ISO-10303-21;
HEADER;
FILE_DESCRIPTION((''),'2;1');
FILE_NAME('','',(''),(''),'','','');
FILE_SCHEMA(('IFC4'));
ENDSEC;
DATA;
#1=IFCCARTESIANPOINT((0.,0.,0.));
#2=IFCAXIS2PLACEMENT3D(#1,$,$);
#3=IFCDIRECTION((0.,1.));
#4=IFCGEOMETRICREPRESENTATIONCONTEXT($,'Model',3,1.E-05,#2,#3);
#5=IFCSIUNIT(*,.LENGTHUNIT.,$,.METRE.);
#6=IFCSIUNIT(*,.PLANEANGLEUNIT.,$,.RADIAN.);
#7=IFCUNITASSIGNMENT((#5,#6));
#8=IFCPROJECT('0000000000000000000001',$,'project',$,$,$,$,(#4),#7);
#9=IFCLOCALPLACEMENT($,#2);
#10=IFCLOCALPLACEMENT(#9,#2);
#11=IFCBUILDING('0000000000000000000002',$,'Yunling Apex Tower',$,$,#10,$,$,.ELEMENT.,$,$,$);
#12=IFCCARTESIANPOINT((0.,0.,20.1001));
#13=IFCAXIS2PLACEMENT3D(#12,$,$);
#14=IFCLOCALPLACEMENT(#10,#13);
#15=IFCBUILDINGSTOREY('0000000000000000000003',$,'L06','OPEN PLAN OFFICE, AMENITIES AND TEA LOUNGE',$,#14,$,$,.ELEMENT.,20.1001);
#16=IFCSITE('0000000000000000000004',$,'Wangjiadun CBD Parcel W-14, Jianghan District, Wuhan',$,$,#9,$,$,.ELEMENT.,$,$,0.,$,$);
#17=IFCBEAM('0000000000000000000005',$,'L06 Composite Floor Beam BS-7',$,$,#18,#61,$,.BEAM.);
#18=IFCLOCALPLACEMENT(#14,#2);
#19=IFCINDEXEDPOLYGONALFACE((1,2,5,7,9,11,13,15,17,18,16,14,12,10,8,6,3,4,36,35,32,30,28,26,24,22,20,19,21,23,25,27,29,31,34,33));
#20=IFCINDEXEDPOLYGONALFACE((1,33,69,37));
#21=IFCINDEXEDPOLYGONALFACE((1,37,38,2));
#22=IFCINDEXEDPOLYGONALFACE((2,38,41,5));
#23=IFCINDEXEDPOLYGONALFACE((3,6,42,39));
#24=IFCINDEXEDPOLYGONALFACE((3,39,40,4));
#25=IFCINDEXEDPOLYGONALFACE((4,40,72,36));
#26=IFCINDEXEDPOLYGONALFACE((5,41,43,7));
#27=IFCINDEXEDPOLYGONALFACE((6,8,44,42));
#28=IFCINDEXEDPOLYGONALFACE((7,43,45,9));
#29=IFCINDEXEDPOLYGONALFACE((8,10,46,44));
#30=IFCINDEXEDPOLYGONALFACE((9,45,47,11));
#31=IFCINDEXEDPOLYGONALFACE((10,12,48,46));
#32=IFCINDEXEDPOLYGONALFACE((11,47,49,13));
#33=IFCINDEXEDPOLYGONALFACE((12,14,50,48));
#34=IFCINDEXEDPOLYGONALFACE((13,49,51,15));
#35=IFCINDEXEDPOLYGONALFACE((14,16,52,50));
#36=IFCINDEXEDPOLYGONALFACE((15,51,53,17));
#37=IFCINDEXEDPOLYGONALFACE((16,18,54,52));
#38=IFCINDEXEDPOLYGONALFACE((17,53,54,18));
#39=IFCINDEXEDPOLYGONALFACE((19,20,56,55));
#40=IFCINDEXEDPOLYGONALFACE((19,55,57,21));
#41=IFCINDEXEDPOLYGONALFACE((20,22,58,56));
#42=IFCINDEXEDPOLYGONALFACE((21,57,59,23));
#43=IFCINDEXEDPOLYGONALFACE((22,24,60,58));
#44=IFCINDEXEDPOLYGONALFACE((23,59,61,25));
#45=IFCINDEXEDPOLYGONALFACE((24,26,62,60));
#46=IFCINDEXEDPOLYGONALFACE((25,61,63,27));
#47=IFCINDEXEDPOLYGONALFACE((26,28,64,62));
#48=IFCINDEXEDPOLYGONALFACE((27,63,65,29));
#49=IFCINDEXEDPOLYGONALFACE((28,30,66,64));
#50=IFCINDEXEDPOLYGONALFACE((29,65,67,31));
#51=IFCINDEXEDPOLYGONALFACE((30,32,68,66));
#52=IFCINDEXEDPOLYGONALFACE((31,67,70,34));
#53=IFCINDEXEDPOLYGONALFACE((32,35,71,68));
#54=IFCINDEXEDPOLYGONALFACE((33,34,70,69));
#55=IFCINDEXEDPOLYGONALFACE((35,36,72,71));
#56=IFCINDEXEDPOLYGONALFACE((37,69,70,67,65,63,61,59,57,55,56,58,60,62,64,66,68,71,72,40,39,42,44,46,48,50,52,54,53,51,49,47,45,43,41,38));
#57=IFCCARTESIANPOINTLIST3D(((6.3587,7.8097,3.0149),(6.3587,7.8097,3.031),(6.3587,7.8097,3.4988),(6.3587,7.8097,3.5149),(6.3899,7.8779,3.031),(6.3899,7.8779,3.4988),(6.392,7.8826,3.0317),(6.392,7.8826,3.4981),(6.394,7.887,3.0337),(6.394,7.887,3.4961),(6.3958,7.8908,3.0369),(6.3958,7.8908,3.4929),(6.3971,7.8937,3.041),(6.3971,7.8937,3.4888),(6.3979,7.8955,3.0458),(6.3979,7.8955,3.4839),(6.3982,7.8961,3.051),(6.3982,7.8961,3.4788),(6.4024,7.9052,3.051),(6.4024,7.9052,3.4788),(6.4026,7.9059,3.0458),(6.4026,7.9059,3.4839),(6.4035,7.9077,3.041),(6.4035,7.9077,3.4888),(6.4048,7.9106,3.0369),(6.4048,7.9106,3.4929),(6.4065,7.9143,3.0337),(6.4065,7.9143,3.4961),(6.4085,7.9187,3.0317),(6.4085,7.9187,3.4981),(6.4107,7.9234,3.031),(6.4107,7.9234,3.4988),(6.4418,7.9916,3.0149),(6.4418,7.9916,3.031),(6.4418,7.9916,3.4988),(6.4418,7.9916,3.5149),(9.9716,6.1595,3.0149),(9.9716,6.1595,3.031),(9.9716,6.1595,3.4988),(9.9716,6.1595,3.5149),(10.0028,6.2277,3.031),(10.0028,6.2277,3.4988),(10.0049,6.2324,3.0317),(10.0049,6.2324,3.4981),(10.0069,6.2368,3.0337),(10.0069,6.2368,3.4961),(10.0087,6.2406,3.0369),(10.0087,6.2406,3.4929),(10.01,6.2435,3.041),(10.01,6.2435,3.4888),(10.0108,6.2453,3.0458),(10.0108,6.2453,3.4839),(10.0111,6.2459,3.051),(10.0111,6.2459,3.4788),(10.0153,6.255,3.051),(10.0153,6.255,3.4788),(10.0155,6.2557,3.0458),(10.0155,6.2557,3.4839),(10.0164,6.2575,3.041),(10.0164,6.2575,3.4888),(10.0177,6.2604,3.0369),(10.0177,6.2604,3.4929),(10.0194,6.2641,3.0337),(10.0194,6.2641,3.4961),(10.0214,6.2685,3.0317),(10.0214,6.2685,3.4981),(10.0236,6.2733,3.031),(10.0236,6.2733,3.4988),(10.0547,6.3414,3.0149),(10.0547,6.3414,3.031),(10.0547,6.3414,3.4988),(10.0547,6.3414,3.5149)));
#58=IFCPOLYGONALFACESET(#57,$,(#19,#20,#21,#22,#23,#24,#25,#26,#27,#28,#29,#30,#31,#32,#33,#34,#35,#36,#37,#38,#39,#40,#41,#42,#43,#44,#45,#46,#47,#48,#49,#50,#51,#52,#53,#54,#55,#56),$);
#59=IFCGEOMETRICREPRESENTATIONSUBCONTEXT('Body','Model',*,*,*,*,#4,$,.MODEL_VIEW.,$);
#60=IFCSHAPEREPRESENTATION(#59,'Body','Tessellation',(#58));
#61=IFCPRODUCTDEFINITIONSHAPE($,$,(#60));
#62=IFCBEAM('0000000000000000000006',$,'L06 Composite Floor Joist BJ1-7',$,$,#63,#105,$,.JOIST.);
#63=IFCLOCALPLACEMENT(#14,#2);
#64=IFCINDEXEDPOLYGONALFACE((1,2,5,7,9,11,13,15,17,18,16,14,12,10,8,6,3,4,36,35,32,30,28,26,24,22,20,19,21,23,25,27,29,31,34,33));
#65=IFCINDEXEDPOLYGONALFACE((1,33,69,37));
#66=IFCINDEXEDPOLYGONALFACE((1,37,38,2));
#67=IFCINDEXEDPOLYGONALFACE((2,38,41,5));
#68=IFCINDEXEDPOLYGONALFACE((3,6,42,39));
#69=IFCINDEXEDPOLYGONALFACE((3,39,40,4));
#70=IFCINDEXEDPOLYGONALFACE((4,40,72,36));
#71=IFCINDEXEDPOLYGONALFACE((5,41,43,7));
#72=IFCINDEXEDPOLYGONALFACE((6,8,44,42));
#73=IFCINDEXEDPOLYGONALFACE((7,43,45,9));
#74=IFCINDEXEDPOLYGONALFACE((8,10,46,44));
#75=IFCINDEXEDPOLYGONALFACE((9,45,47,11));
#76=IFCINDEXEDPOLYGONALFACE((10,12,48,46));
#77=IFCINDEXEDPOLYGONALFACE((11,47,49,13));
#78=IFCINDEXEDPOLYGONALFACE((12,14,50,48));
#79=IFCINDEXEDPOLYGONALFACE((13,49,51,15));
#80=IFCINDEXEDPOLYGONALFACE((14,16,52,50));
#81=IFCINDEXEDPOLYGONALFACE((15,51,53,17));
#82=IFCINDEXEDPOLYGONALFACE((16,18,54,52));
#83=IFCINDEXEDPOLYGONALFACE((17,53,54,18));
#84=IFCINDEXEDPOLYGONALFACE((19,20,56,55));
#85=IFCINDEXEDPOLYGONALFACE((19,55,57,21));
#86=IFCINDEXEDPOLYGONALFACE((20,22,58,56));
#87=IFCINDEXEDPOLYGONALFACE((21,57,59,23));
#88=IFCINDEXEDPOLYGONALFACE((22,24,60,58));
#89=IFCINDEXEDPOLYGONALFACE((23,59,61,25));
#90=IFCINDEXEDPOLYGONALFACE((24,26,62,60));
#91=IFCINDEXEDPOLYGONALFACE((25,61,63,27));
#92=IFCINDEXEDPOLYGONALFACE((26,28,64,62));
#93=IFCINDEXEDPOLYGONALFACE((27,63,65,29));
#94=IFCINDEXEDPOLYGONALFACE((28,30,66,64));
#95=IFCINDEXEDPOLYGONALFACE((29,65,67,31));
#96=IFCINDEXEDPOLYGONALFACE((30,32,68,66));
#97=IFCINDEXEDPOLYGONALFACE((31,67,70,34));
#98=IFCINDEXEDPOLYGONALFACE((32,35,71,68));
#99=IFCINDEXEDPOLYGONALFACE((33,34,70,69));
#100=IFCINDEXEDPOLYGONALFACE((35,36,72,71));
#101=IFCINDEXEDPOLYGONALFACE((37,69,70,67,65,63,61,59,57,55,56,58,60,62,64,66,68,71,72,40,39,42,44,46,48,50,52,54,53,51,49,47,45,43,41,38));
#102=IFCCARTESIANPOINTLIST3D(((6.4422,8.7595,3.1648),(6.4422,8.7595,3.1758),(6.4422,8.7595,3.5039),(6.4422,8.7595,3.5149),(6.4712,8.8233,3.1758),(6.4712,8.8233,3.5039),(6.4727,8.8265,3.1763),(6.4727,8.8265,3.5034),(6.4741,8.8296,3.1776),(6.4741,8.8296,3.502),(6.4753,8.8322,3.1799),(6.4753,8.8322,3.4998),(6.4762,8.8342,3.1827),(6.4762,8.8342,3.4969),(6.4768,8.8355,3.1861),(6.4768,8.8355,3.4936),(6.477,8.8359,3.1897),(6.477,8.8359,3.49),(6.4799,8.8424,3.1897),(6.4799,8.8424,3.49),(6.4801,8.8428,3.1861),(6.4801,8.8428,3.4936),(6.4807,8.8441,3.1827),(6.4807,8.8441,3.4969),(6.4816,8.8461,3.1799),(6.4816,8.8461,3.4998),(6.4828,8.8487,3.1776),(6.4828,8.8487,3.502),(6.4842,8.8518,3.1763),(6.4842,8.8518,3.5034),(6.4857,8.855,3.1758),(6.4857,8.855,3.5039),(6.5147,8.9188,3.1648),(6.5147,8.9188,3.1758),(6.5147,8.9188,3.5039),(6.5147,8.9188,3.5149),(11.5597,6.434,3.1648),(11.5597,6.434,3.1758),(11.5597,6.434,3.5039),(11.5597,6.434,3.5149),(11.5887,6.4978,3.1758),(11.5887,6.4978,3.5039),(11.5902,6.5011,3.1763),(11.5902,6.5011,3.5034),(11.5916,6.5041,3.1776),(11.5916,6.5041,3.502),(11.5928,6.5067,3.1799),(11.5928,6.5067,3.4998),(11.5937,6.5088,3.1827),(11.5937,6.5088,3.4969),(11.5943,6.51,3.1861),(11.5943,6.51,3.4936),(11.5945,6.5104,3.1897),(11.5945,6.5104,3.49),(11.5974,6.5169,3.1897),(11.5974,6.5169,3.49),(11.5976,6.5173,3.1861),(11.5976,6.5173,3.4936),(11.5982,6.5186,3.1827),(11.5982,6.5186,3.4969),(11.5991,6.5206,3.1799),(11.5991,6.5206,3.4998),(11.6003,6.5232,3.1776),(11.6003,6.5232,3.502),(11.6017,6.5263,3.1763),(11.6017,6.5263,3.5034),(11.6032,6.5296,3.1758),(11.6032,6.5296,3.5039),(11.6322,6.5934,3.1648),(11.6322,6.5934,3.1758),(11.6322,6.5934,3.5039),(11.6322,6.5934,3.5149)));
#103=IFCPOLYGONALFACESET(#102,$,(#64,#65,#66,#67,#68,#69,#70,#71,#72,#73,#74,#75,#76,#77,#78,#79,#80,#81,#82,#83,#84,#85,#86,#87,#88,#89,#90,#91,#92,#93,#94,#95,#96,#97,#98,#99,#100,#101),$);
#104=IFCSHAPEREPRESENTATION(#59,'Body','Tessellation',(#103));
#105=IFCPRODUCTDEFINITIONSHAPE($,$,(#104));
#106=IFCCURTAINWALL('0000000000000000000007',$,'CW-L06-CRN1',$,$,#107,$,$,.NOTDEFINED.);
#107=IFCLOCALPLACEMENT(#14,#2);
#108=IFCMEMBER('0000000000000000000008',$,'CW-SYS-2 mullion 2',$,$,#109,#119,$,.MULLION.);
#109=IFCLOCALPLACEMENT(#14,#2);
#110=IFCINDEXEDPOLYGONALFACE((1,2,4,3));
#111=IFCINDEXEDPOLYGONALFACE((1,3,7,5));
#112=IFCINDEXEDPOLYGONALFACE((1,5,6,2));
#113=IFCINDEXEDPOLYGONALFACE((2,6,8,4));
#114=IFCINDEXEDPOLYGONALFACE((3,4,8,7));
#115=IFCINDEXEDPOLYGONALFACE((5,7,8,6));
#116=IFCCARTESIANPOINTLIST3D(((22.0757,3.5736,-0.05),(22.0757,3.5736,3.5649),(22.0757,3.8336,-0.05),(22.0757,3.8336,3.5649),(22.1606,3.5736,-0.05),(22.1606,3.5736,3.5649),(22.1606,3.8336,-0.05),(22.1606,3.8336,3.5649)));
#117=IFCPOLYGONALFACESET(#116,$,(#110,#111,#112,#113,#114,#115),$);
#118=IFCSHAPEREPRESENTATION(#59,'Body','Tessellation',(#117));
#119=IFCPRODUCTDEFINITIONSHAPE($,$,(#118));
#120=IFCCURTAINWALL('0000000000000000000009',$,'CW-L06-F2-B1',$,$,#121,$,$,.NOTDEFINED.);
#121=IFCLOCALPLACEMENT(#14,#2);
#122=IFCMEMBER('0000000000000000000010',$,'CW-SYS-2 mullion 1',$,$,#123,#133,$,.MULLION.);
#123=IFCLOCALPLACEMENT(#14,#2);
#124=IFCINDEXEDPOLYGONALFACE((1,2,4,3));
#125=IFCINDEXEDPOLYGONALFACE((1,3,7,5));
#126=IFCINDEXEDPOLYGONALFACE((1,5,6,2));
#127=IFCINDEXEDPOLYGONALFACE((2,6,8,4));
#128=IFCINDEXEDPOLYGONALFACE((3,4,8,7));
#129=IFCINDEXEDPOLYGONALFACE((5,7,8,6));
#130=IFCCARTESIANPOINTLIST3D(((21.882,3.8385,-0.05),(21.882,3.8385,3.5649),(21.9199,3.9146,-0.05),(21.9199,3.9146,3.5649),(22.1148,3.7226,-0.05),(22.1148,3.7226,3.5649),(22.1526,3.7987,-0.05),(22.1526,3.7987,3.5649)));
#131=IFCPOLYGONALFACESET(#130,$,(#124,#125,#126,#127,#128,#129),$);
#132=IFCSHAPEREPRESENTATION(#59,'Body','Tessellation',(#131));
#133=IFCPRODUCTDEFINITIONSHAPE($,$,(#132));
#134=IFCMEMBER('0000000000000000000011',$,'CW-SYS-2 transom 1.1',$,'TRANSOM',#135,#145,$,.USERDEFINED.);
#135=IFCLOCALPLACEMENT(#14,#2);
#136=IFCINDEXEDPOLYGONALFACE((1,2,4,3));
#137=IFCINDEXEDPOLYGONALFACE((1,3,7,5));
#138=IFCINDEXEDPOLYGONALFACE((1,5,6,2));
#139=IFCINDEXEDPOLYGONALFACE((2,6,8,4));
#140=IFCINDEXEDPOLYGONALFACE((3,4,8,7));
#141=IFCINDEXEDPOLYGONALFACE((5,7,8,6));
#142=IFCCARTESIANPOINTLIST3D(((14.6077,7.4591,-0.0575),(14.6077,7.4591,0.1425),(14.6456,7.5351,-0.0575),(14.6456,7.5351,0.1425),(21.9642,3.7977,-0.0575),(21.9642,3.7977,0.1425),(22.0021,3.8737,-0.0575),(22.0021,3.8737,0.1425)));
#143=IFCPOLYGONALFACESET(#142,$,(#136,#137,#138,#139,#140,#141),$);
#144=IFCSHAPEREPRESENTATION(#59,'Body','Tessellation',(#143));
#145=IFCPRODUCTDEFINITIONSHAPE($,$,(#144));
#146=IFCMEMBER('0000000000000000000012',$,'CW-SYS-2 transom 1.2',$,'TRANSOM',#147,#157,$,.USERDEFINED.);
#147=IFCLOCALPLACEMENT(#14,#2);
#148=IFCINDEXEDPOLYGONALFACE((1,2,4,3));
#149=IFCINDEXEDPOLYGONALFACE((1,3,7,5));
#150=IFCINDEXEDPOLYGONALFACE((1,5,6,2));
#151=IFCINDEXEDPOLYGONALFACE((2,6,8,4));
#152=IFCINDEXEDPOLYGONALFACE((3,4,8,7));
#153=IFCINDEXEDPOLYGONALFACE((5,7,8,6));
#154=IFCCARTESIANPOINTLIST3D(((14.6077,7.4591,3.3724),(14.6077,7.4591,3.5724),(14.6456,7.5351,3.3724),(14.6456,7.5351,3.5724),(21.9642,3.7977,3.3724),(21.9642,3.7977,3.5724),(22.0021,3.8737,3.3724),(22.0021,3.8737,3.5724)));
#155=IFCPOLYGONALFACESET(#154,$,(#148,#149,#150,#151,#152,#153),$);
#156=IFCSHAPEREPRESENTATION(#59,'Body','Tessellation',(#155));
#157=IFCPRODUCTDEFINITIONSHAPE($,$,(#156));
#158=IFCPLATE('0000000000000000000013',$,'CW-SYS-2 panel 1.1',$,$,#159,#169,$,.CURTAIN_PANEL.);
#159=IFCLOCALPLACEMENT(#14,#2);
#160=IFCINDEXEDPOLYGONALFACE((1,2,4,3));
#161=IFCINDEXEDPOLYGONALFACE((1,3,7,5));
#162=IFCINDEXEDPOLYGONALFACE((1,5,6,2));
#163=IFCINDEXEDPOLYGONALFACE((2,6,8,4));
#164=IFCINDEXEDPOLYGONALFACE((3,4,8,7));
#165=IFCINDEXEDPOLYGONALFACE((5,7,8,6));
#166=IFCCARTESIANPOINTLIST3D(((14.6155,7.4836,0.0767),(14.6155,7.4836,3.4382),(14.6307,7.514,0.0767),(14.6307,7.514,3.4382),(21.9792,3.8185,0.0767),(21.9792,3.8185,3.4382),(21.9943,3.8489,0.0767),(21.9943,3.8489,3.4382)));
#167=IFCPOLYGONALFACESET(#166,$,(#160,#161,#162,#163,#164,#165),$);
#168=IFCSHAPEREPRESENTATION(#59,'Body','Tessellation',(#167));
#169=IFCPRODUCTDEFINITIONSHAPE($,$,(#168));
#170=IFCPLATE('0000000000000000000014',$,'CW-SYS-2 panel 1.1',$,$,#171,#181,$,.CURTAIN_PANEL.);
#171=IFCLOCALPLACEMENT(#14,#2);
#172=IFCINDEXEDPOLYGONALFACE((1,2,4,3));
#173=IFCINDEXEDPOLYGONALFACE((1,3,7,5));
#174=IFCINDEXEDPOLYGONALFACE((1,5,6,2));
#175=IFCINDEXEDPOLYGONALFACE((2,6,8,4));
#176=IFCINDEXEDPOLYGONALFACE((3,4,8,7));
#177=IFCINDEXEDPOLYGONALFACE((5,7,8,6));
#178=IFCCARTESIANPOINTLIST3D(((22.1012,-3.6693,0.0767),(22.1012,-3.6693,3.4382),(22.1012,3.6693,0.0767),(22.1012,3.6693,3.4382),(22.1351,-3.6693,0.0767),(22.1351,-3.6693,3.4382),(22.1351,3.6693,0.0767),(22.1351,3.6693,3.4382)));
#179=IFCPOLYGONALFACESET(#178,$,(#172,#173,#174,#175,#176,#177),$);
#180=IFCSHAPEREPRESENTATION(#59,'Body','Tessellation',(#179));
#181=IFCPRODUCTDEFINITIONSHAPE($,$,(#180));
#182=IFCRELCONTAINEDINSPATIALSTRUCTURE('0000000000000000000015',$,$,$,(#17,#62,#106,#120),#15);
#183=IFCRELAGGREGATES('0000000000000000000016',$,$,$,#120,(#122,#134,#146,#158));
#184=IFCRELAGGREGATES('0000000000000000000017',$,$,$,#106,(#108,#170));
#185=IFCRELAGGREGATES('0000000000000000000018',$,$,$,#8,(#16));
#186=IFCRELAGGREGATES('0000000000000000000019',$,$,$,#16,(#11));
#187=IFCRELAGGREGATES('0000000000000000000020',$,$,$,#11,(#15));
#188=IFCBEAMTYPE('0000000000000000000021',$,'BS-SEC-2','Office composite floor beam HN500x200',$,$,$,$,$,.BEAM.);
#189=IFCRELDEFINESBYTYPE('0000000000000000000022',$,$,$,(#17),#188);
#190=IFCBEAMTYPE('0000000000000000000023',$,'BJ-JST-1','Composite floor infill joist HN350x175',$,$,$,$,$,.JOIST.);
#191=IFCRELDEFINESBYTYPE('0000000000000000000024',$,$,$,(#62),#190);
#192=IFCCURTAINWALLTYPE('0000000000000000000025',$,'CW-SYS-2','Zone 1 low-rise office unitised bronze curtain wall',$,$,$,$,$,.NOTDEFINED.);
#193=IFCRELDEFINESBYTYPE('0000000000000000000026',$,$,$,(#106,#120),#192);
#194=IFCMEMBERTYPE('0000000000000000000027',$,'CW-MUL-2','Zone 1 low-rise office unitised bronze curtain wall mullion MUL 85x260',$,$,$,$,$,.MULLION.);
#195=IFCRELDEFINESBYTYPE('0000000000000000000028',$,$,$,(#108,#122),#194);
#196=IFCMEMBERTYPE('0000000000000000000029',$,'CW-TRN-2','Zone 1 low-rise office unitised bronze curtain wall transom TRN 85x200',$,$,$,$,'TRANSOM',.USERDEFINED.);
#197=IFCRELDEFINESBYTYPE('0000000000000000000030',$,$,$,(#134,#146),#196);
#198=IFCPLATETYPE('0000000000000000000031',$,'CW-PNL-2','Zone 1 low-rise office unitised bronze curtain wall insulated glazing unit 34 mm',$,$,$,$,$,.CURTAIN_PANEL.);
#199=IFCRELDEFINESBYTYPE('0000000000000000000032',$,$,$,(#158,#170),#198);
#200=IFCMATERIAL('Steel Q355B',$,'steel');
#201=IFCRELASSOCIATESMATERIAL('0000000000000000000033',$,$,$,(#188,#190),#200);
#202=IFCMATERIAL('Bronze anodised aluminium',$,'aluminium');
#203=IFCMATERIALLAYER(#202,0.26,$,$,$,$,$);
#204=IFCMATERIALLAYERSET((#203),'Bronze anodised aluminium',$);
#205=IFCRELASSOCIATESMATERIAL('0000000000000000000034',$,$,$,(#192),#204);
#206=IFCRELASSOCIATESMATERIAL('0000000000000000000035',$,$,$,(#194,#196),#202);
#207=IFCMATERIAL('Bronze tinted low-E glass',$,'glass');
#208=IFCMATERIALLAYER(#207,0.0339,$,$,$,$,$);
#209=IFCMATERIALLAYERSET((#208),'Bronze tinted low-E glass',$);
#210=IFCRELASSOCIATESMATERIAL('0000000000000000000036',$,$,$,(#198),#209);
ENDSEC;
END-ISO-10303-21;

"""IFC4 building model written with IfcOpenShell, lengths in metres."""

from ifc_helpers import new_model, si_unit, direction, frame, origin, origin_2d, place, context, subcontext, project, spatial, rectangle, i_section, extrude, source, transform, mapped, material, layer, layer_set, material_profile, profile_set, type_object, element, aggregate, save


model = new_model("IFC4")

# Units and contexts
model_context = context("Model", 3, precision=1e-05, world=origin(), true_north=direction((0.0, 1.0)))
body_context = subcontext(model_context, "Body", "Model", "MODEL_VIEW")
ifc_project = project(units=[si_unit("LENGTHUNIT", "METRE"), si_unit("PLANEANGLEUNIT", "RADIAN")], contexts=[model_context])

# Site, building, storey
site_placement = place(None, origin())
site = spatial("IfcSite", under=ifc_project, at=site_placement, Name="Wangjiadun CBD Parcel W-14, Jianghan District, Wuhan", CompositionType="ELEMENT", RefElevation=0.0)
building_placement = place(site_placement, origin())
building = spatial("IfcBuilding", under=site, at=building_placement, Name="Yunling Apex Tower", CompositionType="ELEMENT")
storey_placement = place(building_placement, frame((0.0, 0.0, 20.1001)))
storey = spatial("IfcBuildingStorey", under=building, at=storey_placement, Name="L06", Description="OPEN PLAN OFFICE, AMENITIES AND TEA LOUNGE", CompositionType="ELEMENT", Elevation=20.1001)

# Beams
ifc_material_1 = material(Name="Steel Q355B", Category="steel")
ifc_material_profile_1 = material_profile(ifc_material_1, i_section(OverallWidth=0.2, OverallDepth=0.5, WebThickness=0.01, FlangeThickness=0.0161, FilletRadius=0.02, at=origin_2d()))
ifc_profile_set_1 = profile_set([ifc_material_profile_1], Name="Steel Q355B")
beam_type_1 = type_object("IfcBeamType", Name="BS-SEC-2", Description="Office composite floor beam HN500x200", PredefinedType="BEAM", material=ifc_profile_set_1)
shared_shape_1 = source(origin(), body_context, "Body", "SweptSolid", [
    extrude(i_section(OverallWidth=0.2, OverallDepth=0.5, WebThickness=0.01, FlangeThickness=0.0161, FilletRadius=0.02, at=origin_2d()), origin(), (0.0, 0.0, 1.0), 3.9719),
])
beam_1_placement = place(storey_placement, frame((10.0132, 6.2505, 3.2649), z_axis=(-0.909609, 0.415465, 0.0), x_axis=(-0.415465, -0.909609, 0.0)))
element("IfcBeam", 1, at=beam_1_placement, inside=storey, type_object=beam_type_1, Name="L06 Composite Floor Beam BS-7", PredefinedType="BEAM", context=body_context, shape_type="MappedRepresentation", body=[
    mapped(shared_shape_1, transform((0.0, 0.0, 0.0), scale=1.0)),
])
ifc_material_profile_2 = material_profile(ifc_material_1, i_section(OverallWidth=0.175, OverallDepth=0.3501, WebThickness=0.0071, FlangeThickness=0.011, FilletRadius=0.0139, at=origin_2d()))
ifc_profile_set_2 = profile_set([ifc_material_profile_2], Name="Steel Q355B")
beam_type_2 = type_object("IfcBeamType", Name="BJ-JST-1", Description="Composite floor infill joist HN350x175", PredefinedType="JOIST", material=ifc_profile_set_2)
shared_shape_2 = source(origin(), body_context, "Body", "SweptSolid", [
    extrude(i_section(OverallWidth=0.175, OverallDepth=0.3501, WebThickness=0.0071, FlangeThickness=0.011, FilletRadius=0.0139, at=origin_2d()), origin(), (0.0, 0.0, 1.0), 5.6211),
])
beam_2_placement = place(storey_placement, frame((11.5959, 6.5137, 3.3398), z_axis=(-0.910411, 0.413705, 0.0), x_axis=(-0.413705, -0.910411, 0.0)))
element("IfcBeam", 2, at=beam_2_placement, inside=storey, type_object=beam_type_2, Name="L06 Composite Floor Joist BJ1-7", PredefinedType="JOIST", context=body_context, shape_type="MappedRepresentation", body=[
    mapped(shared_shape_2, transform((0.0, 0.0, 0.0), scale=1.0)),
])

# Curtain wall, member
ifc_material_2 = material(Name="Bronze anodised aluminium", Category="aluminium")
ifc_layer_1 = layer(ifc_material_2, 0.26)
ifc_layer_set_1 = layer_set([ifc_layer_1], Name="Bronze anodised aluminium")
curtain_wall_type = type_object("IfcCurtainWallType", Name="CW-SYS-2", Description="Zone 1 low-rise office unitised bronze curtain wall", PredefinedType="NOTDEFINED", material=ifc_layer_set_1)
curtain_wall_1_placement = place(storey_placement, origin())
curtain_wall_1 = element("IfcCurtainWall", 3, at=curtain_wall_1_placement, inside=storey, type_object=curtain_wall_type, Name="CW-L06-CRN1", PredefinedType="NOTDEFINED")
ifc_material_profile_3 = material_profile(ifc_material_2, rectangle(XDim=0.085, YDim=0.26, at=origin_2d()))
ifc_profile_set_3 = profile_set([ifc_material_profile_3], Name="Bronze anodised aluminium")
member_type_1 = type_object("IfcMemberType", Name="CW-MUL-2", Description="Zone 1 low-rise office unitised bronze curtain wall mullion MUL 85x260", PredefinedType="MULLION", material=ifc_profile_set_3)
shared_shape_3 = source(origin(), body_context, "Body", "SweptSolid", [
    extrude(rectangle(XDim=0.085, YDim=0.26, at=origin_2d()), origin(), (0.0, 0.0, 1.0), 3.615),
])
member_1_placement = place(storey_placement, frame((22.1182, 3.7036, -0.05), z_axis=(0.0, 0.0, 1.0), x_axis=(-1.0, 0.0, 0.0)))
member_1 = element("IfcMember", 4, at=member_1_placement, type_object=member_type_1, Name="CW-SYS-2 mullion 2", PredefinedType="MULLION", context=body_context, shape_type="MappedRepresentation", body=[
    mapped(shared_shape_3, transform((0.0, 0.0, 0.0), scale=1.0)),
])

# Curtain wall, members, plate
curtain_wall_2_placement = place(storey_placement, origin())
curtain_wall_2 = element("IfcCurtainWall", 5, at=curtain_wall_2_placement, inside=storey, type_object=curtain_wall_type, Name="CW-L06-F2-B1", PredefinedType="NOTDEFINED")
member_2_placement = place(storey_placement, frame((22.0173, 3.8186, -0.05), z_axis=(0.0, 0.0, 1.0), x_axis=(-0.44558, -0.895242, 0.0)))
member_2 = element("IfcMember", 6, at=member_2_placement, type_object=member_type_1, Name="CW-SYS-2 mullion 1", PredefinedType="MULLION", context=body_context, shape_type="MappedRepresentation", body=[
    mapped(shared_shape_3, transform((0.0, 0.0, 0.0), scale=1.0)),
])
ifc_material_profile_4 = material_profile(ifc_material_2, rectangle(XDim=0.085, YDim=0.2, at=origin_2d()))
ifc_profile_set_4 = profile_set([ifc_material_profile_4], Name="Bronze anodised aluminium")
member_type_2 = type_object("IfcMemberType", Name="CW-TRN-2", Description="Zone 1 low-rise office unitised bronze curtain wall transom TRN 85x200", ElementType="TRANSOM", PredefinedType="USERDEFINED", material=ifc_profile_set_4)
shared_shape_4 = source(origin(), body_context, "Body", "SweptSolid", [
    extrude(rectangle(XDim=0.085, YDim=0.2, at=origin_2d()), origin(), (0.0, 0.0, 1.0), 8.2173),
])
member_3_placement = place(storey_placement, frame((21.9832, 3.8357, 0.0425), z_axis=(-0.895246, 0.445573, 0.0), x_axis=(-0.445573, -0.895246, 0.0)))
member_3 = element("IfcMember", 7, at=member_3_placement, type_object=member_type_2, Name="CW-SYS-2 transom 1.1", ObjectType="TRANSOM", PredefinedType="USERDEFINED", context=body_context, shape_type="MappedRepresentation", body=[
    mapped(shared_shape_4, transform((0.0, 0.0, 0.0), scale=1.0)),
])
member_4_placement = place(storey_placement, frame((21.9832, 3.8357, 3.4724), z_axis=(-0.895246, 0.445573, 0.0), x_axis=(-0.445573, -0.895246, 0.0)))
member_4 = element("IfcMember", 8, at=member_4_placement, type_object=member_type_2, Name="CW-SYS-2 transom 1.2", ObjectType="TRANSOM", PredefinedType="USERDEFINED", context=body_context, shape_type="MappedRepresentation", body=[
    mapped(shared_shape_4, transform((0.0, 0.0, 0.0), scale=1.0)),
])
ifc_material_3 = material(Name="Bronze tinted low-E glass", Category="glass")
ifc_layer_2 = layer(ifc_material_3, 0.0339)
ifc_layer_set_2 = layer_set([ifc_layer_2], Name="Bronze tinted low-E glass")
plate_type = type_object("IfcPlateType", Name="CW-PNL-2", Description="Zone 1 low-rise office unitised bronze curtain wall insulated glazing unit 34 mm", PredefinedType="CURTAIN_PANEL", material=ifc_layer_set_2)
shared_shape_5 = source(origin(), body_context, "Body", "SweptSolid", [
    extrude(rectangle(XDim=8.2253, YDim=0.0339, at=origin_2d()), origin(), (0.0, 0.0, 1.0), 3.3616),
])
plate_1_placement = place(storey_placement, frame((18.3049, 5.6663, 0.0767), z_axis=(0.0, 0.0, 1.0), x_axis=(-0.895242, 0.44558, 0.0)))
plate_1 = element("IfcPlate", 9, at=plate_1_placement, type_object=plate_type, Name="CW-SYS-2 panel 1.1", PredefinedType="CURTAIN_PANEL", context=body_context, shape_type="MappedRepresentation", body=[
    mapped(shared_shape_5, transform((0.0, 0.0, 0.0), scale=1.0)),
])
aggregate(curtain_wall_2, [member_2, member_3, member_4, plate_1])

# Plate
shared_shape_6 = source(origin(), body_context, "Body", "SweptSolid", [
    extrude(rectangle(XDim=7.3386, YDim=0.0339, at=origin_2d()), origin(), (0.0, 0.0, 1.0), 3.3616),
])
plate_2_placement = place(storey_placement, frame((22.1182, 0.0, 0.0767), z_axis=(0.0, 0.0, 1.0), x_axis=(0.0, 1.0, 0.0)))
plate_2 = element("IfcPlate", 10, at=plate_2_placement, type_object=plate_type, Name="CW-SYS-2 panel 1.1", PredefinedType="CURTAIN_PANEL", context=body_context, shape_type="MappedRepresentation", body=[
    mapped(shared_shape_6, transform((0.0, 0.0, 0.0), scale=1.0)),
])
aggregate(curtain_wall_1, [member_1, plate_2])

save(model, "model.ifc")
